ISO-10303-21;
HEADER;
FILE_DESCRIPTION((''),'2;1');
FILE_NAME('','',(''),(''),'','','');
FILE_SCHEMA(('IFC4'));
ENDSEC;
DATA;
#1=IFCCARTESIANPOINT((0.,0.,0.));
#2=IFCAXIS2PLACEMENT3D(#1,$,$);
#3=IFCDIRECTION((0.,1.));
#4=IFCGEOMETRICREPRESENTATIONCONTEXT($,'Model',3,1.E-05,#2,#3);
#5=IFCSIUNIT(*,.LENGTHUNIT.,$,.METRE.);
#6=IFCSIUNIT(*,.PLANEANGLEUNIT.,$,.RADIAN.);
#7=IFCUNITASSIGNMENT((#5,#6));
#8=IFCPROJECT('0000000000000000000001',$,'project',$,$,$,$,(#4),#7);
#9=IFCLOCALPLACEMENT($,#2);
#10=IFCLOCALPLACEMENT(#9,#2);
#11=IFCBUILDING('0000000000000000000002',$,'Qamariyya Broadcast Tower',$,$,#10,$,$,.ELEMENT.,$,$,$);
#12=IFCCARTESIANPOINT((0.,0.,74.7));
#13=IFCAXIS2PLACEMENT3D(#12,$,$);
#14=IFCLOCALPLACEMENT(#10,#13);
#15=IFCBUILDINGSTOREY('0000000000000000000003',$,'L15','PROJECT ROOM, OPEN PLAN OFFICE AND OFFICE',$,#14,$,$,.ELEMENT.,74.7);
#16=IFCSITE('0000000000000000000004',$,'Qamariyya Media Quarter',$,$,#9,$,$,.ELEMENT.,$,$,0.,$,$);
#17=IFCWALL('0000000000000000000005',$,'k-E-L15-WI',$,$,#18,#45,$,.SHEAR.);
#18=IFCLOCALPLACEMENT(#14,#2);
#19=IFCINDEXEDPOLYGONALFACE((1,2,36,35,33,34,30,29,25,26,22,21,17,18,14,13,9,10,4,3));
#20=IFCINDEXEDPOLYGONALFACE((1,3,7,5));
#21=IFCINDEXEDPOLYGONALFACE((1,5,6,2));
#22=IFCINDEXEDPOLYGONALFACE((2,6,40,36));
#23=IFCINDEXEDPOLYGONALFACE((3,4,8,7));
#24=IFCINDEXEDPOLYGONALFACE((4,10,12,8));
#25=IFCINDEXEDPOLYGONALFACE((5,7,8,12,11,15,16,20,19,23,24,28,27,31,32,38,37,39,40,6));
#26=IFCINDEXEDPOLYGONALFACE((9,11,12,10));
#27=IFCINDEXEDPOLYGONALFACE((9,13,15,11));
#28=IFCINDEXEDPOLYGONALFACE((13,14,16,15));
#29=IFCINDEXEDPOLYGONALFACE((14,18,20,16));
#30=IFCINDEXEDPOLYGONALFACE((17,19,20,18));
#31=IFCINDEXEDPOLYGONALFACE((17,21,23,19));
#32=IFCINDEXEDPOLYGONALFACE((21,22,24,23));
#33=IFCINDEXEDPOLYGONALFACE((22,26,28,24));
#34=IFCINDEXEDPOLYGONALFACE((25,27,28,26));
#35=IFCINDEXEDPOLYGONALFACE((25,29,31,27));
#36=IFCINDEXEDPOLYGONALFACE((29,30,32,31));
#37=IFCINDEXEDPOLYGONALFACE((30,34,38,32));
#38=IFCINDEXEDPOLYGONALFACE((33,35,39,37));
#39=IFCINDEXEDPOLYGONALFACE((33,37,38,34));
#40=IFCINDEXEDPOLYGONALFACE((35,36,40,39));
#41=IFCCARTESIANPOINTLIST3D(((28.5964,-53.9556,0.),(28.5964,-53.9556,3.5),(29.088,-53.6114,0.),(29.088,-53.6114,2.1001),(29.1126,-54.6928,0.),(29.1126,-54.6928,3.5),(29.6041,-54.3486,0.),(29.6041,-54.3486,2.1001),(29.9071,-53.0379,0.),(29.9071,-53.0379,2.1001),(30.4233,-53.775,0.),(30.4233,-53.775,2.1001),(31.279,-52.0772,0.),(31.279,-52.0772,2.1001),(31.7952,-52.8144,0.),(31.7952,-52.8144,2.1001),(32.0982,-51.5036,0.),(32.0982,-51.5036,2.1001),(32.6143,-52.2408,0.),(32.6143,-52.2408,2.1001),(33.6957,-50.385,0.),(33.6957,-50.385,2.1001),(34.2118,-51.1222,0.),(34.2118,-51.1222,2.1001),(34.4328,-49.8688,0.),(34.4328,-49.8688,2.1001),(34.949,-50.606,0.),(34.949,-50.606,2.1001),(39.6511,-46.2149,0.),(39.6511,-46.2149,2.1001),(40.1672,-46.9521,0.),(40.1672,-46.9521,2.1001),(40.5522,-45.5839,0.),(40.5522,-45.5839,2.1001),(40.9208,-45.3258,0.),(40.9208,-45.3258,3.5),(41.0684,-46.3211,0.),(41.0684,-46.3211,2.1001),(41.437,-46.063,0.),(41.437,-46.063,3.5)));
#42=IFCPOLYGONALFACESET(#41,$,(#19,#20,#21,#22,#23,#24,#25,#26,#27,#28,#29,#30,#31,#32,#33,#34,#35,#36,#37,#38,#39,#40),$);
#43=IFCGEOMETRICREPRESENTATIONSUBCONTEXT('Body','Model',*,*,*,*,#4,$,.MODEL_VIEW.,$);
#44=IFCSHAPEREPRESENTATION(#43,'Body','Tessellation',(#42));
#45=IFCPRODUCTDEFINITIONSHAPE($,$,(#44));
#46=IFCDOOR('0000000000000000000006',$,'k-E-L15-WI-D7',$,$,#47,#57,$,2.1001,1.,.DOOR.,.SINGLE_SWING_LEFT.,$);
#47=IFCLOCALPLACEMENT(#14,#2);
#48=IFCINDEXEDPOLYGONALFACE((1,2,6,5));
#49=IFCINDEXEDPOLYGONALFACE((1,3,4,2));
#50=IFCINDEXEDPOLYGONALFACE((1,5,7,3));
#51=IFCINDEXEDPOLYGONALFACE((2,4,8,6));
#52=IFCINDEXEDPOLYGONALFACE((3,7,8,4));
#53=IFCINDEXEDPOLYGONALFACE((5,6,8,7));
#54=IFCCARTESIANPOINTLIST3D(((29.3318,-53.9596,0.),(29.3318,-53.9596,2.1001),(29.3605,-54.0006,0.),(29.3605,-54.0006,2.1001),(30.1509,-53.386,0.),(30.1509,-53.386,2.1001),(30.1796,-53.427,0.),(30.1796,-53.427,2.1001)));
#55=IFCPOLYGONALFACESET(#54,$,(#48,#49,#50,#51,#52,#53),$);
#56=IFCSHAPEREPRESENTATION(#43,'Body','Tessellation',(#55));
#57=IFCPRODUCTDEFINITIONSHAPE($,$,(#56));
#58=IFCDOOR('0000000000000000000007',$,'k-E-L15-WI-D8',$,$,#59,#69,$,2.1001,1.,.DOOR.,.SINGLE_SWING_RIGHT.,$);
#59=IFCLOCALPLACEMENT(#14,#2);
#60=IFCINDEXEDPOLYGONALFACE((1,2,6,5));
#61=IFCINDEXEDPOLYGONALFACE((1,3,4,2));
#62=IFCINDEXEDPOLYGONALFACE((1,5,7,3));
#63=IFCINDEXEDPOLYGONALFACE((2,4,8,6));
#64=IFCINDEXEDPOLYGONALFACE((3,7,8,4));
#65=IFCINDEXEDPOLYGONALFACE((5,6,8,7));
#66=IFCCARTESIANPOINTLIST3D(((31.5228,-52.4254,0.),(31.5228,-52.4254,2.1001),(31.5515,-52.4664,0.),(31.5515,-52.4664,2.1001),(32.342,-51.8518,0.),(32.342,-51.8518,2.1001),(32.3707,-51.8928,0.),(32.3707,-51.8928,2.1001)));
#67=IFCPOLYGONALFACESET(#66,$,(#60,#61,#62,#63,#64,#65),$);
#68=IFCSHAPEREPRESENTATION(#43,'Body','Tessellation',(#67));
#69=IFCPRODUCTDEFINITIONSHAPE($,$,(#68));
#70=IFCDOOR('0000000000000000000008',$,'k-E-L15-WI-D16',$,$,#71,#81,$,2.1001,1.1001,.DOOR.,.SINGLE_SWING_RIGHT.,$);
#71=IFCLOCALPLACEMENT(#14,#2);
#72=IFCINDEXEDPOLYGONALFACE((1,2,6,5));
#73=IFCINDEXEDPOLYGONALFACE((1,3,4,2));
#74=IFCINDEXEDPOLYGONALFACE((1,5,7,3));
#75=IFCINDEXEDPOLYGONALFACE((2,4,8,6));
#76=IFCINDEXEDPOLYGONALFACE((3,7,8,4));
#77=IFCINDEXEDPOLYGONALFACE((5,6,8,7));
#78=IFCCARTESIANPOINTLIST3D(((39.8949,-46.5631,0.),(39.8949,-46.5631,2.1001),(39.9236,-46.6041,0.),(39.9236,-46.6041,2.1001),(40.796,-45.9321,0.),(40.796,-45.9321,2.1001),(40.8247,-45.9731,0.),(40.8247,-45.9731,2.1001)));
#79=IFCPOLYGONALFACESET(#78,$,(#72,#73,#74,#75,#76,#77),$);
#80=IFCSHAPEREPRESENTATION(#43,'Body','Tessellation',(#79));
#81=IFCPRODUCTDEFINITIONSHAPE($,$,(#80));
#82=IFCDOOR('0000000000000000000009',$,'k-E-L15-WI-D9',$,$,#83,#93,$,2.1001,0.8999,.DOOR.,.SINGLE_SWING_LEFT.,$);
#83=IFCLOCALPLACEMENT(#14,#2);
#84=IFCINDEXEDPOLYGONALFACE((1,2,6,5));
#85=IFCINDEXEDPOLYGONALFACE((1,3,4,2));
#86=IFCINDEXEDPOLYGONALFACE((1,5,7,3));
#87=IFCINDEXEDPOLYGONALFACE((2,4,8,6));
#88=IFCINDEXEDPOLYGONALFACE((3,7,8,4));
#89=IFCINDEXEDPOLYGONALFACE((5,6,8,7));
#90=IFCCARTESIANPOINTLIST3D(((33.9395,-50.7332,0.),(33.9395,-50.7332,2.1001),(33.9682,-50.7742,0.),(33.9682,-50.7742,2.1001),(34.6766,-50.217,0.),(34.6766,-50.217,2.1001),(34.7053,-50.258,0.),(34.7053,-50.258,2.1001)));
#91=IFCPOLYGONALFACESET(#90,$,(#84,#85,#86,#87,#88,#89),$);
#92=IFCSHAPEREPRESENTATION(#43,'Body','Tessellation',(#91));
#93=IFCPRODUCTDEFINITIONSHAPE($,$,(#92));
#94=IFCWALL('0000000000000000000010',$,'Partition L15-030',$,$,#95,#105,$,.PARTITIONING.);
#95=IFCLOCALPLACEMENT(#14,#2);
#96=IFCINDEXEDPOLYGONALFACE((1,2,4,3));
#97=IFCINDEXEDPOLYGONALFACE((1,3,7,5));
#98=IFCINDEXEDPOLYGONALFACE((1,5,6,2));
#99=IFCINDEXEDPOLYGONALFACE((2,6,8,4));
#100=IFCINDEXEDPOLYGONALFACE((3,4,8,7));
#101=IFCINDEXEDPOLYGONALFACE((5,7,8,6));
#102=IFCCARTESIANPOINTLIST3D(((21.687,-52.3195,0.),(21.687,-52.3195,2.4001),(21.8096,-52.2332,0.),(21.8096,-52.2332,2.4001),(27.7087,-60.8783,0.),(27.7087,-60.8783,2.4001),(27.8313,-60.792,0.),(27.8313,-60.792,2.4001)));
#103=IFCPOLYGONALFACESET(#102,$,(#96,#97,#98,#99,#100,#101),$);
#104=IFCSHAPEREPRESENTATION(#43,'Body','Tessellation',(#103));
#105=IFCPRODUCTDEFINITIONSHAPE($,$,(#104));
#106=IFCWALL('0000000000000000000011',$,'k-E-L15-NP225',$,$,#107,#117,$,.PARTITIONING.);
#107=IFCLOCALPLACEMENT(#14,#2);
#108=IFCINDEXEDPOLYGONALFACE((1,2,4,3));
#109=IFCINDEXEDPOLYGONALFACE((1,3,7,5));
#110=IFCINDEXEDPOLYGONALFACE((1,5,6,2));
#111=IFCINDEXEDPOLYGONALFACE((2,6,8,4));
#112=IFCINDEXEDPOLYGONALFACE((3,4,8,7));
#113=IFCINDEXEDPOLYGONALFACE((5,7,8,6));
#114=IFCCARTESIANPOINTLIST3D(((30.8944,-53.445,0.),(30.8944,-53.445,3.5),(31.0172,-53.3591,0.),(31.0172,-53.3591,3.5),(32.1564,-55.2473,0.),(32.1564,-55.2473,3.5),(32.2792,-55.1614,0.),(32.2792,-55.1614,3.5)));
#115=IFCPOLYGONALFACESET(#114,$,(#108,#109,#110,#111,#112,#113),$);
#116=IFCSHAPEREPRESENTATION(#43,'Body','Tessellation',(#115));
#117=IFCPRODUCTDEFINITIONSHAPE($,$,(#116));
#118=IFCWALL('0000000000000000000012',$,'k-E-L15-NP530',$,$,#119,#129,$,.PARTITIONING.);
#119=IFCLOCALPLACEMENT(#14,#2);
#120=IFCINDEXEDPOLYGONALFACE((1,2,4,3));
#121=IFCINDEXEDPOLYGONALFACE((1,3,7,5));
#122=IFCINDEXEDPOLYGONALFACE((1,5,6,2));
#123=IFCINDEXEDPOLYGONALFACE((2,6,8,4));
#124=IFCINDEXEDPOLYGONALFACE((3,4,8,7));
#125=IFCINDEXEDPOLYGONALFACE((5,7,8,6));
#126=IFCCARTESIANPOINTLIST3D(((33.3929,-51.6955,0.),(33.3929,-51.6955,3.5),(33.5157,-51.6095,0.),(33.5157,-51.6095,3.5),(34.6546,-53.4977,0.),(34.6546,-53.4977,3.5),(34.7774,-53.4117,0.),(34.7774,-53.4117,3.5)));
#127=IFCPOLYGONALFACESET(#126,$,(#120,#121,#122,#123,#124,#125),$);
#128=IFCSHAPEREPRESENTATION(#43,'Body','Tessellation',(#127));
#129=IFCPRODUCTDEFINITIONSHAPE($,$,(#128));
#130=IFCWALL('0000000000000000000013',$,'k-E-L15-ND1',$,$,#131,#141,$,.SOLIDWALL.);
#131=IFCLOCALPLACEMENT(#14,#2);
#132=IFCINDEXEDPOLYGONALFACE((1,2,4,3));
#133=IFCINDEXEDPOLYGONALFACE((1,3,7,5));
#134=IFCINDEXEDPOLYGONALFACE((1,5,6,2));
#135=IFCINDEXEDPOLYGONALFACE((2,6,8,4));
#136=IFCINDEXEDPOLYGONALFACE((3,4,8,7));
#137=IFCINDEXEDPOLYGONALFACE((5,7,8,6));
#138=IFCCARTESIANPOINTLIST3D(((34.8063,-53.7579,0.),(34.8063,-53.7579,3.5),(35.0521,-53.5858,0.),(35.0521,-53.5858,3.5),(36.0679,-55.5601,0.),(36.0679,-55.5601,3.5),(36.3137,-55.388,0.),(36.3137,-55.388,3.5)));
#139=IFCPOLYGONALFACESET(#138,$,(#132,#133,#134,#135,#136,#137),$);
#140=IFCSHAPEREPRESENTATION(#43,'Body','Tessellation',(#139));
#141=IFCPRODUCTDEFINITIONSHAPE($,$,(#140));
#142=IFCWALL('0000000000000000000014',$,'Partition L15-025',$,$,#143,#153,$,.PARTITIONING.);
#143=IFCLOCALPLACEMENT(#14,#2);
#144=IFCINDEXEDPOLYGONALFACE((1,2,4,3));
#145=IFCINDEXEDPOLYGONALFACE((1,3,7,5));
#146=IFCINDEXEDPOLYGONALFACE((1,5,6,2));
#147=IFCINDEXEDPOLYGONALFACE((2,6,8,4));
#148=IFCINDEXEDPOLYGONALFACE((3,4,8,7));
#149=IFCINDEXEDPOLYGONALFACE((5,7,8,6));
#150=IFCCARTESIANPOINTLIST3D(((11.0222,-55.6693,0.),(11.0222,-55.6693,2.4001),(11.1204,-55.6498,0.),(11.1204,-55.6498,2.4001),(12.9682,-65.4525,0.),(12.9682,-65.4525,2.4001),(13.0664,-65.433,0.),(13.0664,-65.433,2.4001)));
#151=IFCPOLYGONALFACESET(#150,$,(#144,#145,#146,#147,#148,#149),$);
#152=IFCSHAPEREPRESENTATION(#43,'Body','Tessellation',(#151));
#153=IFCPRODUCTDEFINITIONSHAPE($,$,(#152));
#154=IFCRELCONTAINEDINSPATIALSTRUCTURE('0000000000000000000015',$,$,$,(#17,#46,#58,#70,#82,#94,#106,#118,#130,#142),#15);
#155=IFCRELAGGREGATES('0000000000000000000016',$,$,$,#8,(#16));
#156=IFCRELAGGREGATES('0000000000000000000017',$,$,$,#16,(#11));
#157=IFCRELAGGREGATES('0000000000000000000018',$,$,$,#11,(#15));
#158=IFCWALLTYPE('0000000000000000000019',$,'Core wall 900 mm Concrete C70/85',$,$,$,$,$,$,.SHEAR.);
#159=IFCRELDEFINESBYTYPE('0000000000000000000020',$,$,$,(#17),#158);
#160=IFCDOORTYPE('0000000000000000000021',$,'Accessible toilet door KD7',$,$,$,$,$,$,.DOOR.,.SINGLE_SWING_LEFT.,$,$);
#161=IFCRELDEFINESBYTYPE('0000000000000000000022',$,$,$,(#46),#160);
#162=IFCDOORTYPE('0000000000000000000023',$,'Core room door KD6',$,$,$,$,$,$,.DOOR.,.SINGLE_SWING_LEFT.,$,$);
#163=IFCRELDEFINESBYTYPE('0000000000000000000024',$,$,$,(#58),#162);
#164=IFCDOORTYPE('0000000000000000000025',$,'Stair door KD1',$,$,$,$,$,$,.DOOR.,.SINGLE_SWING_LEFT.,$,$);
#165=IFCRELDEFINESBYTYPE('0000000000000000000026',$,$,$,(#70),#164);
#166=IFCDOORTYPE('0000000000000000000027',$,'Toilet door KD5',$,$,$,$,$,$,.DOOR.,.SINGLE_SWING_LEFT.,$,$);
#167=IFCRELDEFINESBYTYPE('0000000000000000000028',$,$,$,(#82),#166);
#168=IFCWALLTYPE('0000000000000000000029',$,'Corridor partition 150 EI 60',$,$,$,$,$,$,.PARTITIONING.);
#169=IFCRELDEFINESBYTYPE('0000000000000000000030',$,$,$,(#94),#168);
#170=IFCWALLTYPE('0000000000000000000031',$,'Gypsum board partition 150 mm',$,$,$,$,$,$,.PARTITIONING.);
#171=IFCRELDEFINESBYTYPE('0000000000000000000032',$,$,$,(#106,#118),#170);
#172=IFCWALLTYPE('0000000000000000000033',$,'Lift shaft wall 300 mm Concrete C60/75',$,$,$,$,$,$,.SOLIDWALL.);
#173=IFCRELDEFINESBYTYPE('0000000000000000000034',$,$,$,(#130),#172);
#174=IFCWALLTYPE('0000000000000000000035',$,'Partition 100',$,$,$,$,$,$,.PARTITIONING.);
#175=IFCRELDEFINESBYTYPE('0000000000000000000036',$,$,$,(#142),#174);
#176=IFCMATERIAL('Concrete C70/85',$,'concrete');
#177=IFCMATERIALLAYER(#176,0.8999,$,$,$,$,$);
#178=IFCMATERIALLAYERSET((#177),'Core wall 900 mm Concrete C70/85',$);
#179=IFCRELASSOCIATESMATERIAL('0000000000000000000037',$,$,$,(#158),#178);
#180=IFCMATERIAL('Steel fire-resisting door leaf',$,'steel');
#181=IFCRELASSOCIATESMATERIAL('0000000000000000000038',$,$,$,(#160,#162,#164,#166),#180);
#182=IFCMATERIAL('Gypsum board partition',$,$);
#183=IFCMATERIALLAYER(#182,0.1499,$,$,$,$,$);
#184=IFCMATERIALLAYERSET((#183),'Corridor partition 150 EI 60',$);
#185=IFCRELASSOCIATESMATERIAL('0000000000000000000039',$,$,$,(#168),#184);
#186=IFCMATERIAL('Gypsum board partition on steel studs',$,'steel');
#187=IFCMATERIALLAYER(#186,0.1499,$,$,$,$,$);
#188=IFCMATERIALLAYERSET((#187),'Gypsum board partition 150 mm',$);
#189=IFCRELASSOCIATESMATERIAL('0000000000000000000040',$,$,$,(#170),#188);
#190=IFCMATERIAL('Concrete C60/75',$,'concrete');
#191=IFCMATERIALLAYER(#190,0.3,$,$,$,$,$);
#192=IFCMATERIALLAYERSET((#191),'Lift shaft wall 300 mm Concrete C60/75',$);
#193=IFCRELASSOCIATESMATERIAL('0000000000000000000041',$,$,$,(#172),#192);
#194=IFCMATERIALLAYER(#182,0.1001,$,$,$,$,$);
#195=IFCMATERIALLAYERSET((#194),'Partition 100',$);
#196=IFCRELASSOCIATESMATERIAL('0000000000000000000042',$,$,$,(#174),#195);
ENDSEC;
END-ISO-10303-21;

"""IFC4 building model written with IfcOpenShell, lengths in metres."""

from ifc_helpers import new_model, si_unit, direction, frame, frame_2d, origin, place, context, subcontext, project, spatial, rectangle, extrude, material, layer, layer_set, type_object, element, fill, save


model = new_model("IFC4")

# Units and contexts
model_context = context("Model", 3, precision=1e-05, world=origin(), true_north=direction((0.0, 1.0)))
body_context = subcontext(model_context, "Body", "Model", "MODEL_VIEW")
ifc_project = project(units=[si_unit("LENGTHUNIT", "METRE"), si_unit("PLANEANGLEUNIT", "RADIAN")], contexts=[model_context])

# Site, building, storey
site_placement = place(None, origin())
site = spatial("IfcSite", under=ifc_project, at=site_placement, Name="Qamariyya Media Quarter", CompositionType="ELEMENT", RefElevation=0.0)
building_placement = place(site_placement, origin())
building = spatial("IfcBuilding", under=site, at=building_placement, Name="Qamariyya Broadcast Tower", CompositionType="ELEMENT")
storey_placement = place(building_placement, frame((0.0, 0.0, 74.7)))
storey = spatial("IfcBuildingStorey", under=building, at=storey_placement, Name="L15", Description="PROJECT ROOM, OPEN PLAN OFFICE AND OFFICE", CompositionType="ELEMENT", Elevation=74.7)

# Shared definitions
ifc_material_1 = material(Name="Concrete C70/85", Category="concrete")

# Wall, openings, doors
ifc_layer_1 = layer(ifc_material_1, 0.8999)
ifc_layer_set_1 = layer_set([ifc_layer_1], Name="Core wall 900 mm Concrete C70/85")
wall_type_1 = type_object("IfcWallType", Name="Core wall 900 mm Concrete C70/85", PredefinedType="SHEAR", material=ifc_layer_set_1)
wall_1_placement = place(storey_placement, frame((28.8545, -54.3242, 0.0), z_axis=(0.0, 0.0, 1.0), x_axis=(0.819146, 0.573585, 0.0)))
wall_1 = element("IfcWall", 1, at=wall_1_placement, inside=storey, type_object=wall_type_1, Name="k-E-L15-WI", PredefinedType="SHEAR", context=body_context, shape_type="SweptSolid", body=[
    extrude(rectangle(XDim=15.0454, YDim=0.8999, at=frame_2d((7.5227, 0.0))), origin(), (0.0, 0.0, 1.0), 3.5),
])
opening_1_placement = place(wall_1_placement, frame((0.6001, 0.0, 0.0)))
opening_1 = element("IfcOpeningElement", 2, at=opening_1_placement, cuts=wall_1, PredefinedType="OPENING", context=body_context, shape_type="SweptSolid", body=[
    extrude(rectangle(XDim=1.0, YDim=2.1001, at=frame_2d((0.5, 1.05))), frame((0.0, 0.46, 0.0), z_axis=(0.0, -1.0, 0.0), x_axis=(1.0, 0.0, 0.0)), (0.0, 0.0, 1.0), 0.9199),
])
opening_2_placement = place(wall_1_placement, frame((3.2749, 0.0, 0.0)))
opening_2 = element("IfcOpeningElement", 3, at=opening_2_placement, cuts=wall_1, PredefinedType="OPENING", context=body_context, shape_type="SweptSolid", body=[
    extrude(rectangle(XDim=1.0, YDim=2.1001, at=frame_2d((0.5, 1.05))), frame((0.0, 0.46, 0.0), z_axis=(0.0, -1.0, 0.0), x_axis=(1.0, 0.0, 0.0)), (0.0, 0.0, 1.0), 0.9199),
])
opening_3_placement = place(wall_1_placement, frame((6.2251, 0.0, 0.0)))
opening_3 = element("IfcOpeningElement", 4, at=opening_3_placement, cuts=wall_1, PredefinedType="OPENING", context=body_context, shape_type="SweptSolid", body=[
    extrude(rectangle(XDim=0.8999, YDim=2.1001, at=frame_2d((0.45, 1.05))), frame((0.0, 0.46, 0.0), z_axis=(0.0, -1.0, 0.0), x_axis=(1.0, 0.0, 0.0)), (0.0, 0.0, 1.0), 0.9199),
])
opening_4_placement = place(wall_1_placement, frame((13.4954, 0.0, 0.0)))
opening_4 = element("IfcOpeningElement", 5, at=opening_4_placement, cuts=wall_1, PredefinedType="OPENING", context=body_context, shape_type="SweptSolid", body=[
    extrude(rectangle(XDim=1.1001, YDim=2.1001, at=frame_2d((0.55, 1.05))), frame((0.0, 0.46, 0.0), z_axis=(0.0, -1.0, 0.0), x_axis=(1.0, 0.0, 0.0)), (0.0, 0.0, 1.0), 0.9199),
])
ifc_material_2 = material(Name="Steel fire-resisting door leaf", Category="steel")
door_type_1 = type_object("IfcDoorType", Name="Accessible toilet door KD7", OperationType="SINGLE_SWING_LEFT", PredefinedType="DOOR", material=ifc_material_2)
door_1_placement = place(opening_1_placement, origin())
door_1 = element("IfcDoor", 6, at=door_1_placement, inside=storey, type_object=door_type_1, Name="k-E-L15-WI-D7", OperationType="SINGLE_SWING_LEFT", OverallHeight=2.1001, OverallWidth=1.0, PredefinedType="DOOR", context=body_context, shape_type="SweptSolid", body=[
    extrude(rectangle(XDim=1.0, YDim=2.1001, at=frame_2d((0.5, 1.05))), frame((0.0, 0.0249, 0.0), z_axis=(0.0, -1.0, 0.0), x_axis=(1.0, 0.0, 0.0)), (0.0, 0.0, 1.0), 0.05),
])
fill(opening_1, door_1)
door_type_2 = type_object("IfcDoorType", Name="Core room door KD6", OperationType="SINGLE_SWING_LEFT", PredefinedType="DOOR", material=ifc_material_2)
door_2_placement = place(opening_2_placement, origin())
door_2 = element("IfcDoor", 7, at=door_2_placement, inside=storey, type_object=door_type_2, Name="k-E-L15-WI-D8", OperationType="SINGLE_SWING_RIGHT", OverallHeight=2.1001, OverallWidth=1.0, PredefinedType="DOOR", context=body_context, shape_type="SweptSolid", body=[
    extrude(rectangle(XDim=1.0, YDim=2.1001, at=frame_2d((0.5, 1.05))), frame((0.0, 0.0249, 0.0), z_axis=(0.0, -1.0, 0.0), x_axis=(1.0, 0.0, 0.0)), (0.0, 0.0, 1.0), 0.05),
])
fill(opening_2, door_2)
door_type_3 = type_object("IfcDoorType", Name="Stair door KD1", OperationType="SINGLE_SWING_LEFT", PredefinedType="DOOR", material=ifc_material_2)
door_3_placement = place(opening_4_placement, origin())
door_3 = element("IfcDoor", 8, at=door_3_placement, inside=storey, type_object=door_type_3, Name="k-E-L15-WI-D16", OperationType="SINGLE_SWING_RIGHT", OverallHeight=2.1001, OverallWidth=1.1001, PredefinedType="DOOR", context=body_context, shape_type="SweptSolid", body=[
    extrude(rectangle(XDim=1.1001, YDim=2.1001, at=frame_2d((0.55, 1.05))), frame((0.0, 0.0249, 0.0), z_axis=(0.0, -1.0, 0.0), x_axis=(1.0, 0.0, 0.0)), (0.0, 0.0, 1.0), 0.05),
])
fill(opening_4, door_3)
door_type_4 = type_object("IfcDoorType", Name="Toilet door KD5", OperationType="SINGLE_SWING_LEFT", PredefinedType="DOOR", material=ifc_material_2)
door_4_placement = place(opening_3_placement, origin())
door_4 = element("IfcDoor", 9, at=door_4_placement, inside=storey, type_object=door_type_4, Name="k-E-L15-WI-D9", OperationType="SINGLE_SWING_LEFT", OverallHeight=2.1001, OverallWidth=0.8999, PredefinedType="DOOR", context=body_context, shape_type="SweptSolid", body=[
    extrude(rectangle(XDim=0.8999, YDim=2.1001, at=frame_2d((0.45, 1.05))), frame((0.0, 0.0249, 0.0), z_axis=(0.0, -1.0, 0.0), x_axis=(1.0, 0.0, 0.0)), (0.0, 0.0, 1.0), 0.05),
])
fill(opening_3, door_4)

# Walls
ifc_material_3 = material(Name="Gypsum board partition")
ifc_layer_2 = layer(ifc_material_3, 0.1499)
ifc_layer_set_2 = layer_set([ifc_layer_2], Name="Corridor partition 150 EI 60")
wall_type_2 = type_object("IfcWallType", Name="Corridor partition 150 EI 60", PredefinedType="PARTITIONING", material=ifc_layer_set_2)
wall_2_placement = place(storey_placement, frame((21.7483, -52.2764, 0.0), z_axis=(0.0, 0.0, 1.0), x_axis=(0.575419, -0.817858, 0.0)))
element("IfcWall", 10, at=wall_2_placement, inside=storey, type_object=wall_type_2, Name="Partition L15-030", PredefinedType="PARTITIONING", context=body_context, shape_type="SweptSolid", body=[
    extrude(rectangle(XDim=10.4648, YDim=0.1499, at=frame_2d((5.2324, 0.0))), origin(), (0.0, 0.0, 1.0), 2.4001),
])
ifc_material_4 = material(Name="Gypsum board partition on steel studs", Category="steel")
ifc_layer_3 = layer(ifc_material_4, 0.1499)
ifc_layer_set_3 = layer_set([ifc_layer_3], Name="Gypsum board partition 150 mm")
wall_type_3 = type_object("IfcWallType", Name="Gypsum board partition 150 mm", PredefinedType="PARTITIONING", material=ifc_layer_set_3)
wall_3_placement = place(storey_placement, frame((32.2178, -55.2043, 0.0), z_axis=(0.0, 0.0, 1.0), x_axis=(-0.573581, 0.819149, 0.0)))
element("IfcWall", 11, at=wall_3_placement, inside=storey, type_object=wall_type_3, Name="k-E-L15-NP225", PredefinedType="PARTITIONING", context=body_context, shape_type="SweptSolid", body=[
    extrude(rectangle(XDim=2.2002, YDim=0.1499, at=frame_2d((1.1001, 0.0))), origin(), (0.0, 0.0, 1.0), 3.5),
])
wall_4_placement = place(storey_placement, frame((34.7161, -53.4548, 0.0), z_axis=(0.0, 0.0, 1.0), x_axis=(-0.573507, 0.819201, 0.0)))
element("IfcWall", 12, at=wall_4_placement, inside=storey, type_object=wall_type_3, Name="k-E-L15-NP530", PredefinedType="PARTITIONING", context=body_context, shape_type="SweptSolid", body=[
    extrude(rectangle(XDim=2.2, YDim=0.1499, at=frame_2d((1.1001, 0.0))), origin(), (0.0, 0.0, 1.0), 3.5),
])
ifc_material_5 = material(Name="Concrete C60/75", Category="concrete")
ifc_layer_4 = layer(ifc_material_5, 0.3)
ifc_layer_set_4 = layer_set([ifc_layer_4], Name="Lift shaft wall 300 mm Concrete C60/75")
wall_type_4 = type_object("IfcWallType", Name="Lift shaft wall 300 mm Concrete C60/75", PredefinedType="SOLIDWALL", material=ifc_layer_set_4)
wall_5_placement = place(storey_placement, frame((36.1909, -55.4741, 0.0), z_axis=(0.0, 0.0, 1.0), x_axis=(-0.573507, 0.819201, 0.0)))
element("IfcWall", 13, at=wall_5_placement, inside=storey, type_object=wall_type_4, Name="k-E-L15-ND1", PredefinedType="SOLIDWALL", context=body_context, shape_type="SweptSolid", body=[
    extrude(rectangle(XDim=2.2, YDim=0.3, at=frame_2d((1.1001, 0.0))), origin(), (0.0, 0.0, 1.0), 3.5),
])
ifc_layer_5 = layer(ifc_material_3, 0.1001)
ifc_layer_set_5 = layer_set([ifc_layer_5], Name="Partition 100")
wall_type_5 = type_object("IfcWallType", Name="Partition 100", PredefinedType="PARTITIONING", material=ifc_layer_set_5)
wall_6_placement = place(storey_placement, frame((11.0713, -55.6597, 0.0), z_axis=(0.0, 0.0, 1.0), x_axis=(0.195095, -0.980784, 0.0)))
element("IfcWall", 14, at=wall_6_placement, inside=storey, type_object=wall_type_5, Name="Partition L15-025", PredefinedType="PARTITIONING", context=body_context, shape_type="SweptSolid", body=[
    extrude(rectangle(XDim=9.9749, YDim=0.1001, at=frame_2d((4.9873, 0.0))), origin(), (0.0, 0.0, 1.0), 2.4001),
])

save(model, "model.ifc")
